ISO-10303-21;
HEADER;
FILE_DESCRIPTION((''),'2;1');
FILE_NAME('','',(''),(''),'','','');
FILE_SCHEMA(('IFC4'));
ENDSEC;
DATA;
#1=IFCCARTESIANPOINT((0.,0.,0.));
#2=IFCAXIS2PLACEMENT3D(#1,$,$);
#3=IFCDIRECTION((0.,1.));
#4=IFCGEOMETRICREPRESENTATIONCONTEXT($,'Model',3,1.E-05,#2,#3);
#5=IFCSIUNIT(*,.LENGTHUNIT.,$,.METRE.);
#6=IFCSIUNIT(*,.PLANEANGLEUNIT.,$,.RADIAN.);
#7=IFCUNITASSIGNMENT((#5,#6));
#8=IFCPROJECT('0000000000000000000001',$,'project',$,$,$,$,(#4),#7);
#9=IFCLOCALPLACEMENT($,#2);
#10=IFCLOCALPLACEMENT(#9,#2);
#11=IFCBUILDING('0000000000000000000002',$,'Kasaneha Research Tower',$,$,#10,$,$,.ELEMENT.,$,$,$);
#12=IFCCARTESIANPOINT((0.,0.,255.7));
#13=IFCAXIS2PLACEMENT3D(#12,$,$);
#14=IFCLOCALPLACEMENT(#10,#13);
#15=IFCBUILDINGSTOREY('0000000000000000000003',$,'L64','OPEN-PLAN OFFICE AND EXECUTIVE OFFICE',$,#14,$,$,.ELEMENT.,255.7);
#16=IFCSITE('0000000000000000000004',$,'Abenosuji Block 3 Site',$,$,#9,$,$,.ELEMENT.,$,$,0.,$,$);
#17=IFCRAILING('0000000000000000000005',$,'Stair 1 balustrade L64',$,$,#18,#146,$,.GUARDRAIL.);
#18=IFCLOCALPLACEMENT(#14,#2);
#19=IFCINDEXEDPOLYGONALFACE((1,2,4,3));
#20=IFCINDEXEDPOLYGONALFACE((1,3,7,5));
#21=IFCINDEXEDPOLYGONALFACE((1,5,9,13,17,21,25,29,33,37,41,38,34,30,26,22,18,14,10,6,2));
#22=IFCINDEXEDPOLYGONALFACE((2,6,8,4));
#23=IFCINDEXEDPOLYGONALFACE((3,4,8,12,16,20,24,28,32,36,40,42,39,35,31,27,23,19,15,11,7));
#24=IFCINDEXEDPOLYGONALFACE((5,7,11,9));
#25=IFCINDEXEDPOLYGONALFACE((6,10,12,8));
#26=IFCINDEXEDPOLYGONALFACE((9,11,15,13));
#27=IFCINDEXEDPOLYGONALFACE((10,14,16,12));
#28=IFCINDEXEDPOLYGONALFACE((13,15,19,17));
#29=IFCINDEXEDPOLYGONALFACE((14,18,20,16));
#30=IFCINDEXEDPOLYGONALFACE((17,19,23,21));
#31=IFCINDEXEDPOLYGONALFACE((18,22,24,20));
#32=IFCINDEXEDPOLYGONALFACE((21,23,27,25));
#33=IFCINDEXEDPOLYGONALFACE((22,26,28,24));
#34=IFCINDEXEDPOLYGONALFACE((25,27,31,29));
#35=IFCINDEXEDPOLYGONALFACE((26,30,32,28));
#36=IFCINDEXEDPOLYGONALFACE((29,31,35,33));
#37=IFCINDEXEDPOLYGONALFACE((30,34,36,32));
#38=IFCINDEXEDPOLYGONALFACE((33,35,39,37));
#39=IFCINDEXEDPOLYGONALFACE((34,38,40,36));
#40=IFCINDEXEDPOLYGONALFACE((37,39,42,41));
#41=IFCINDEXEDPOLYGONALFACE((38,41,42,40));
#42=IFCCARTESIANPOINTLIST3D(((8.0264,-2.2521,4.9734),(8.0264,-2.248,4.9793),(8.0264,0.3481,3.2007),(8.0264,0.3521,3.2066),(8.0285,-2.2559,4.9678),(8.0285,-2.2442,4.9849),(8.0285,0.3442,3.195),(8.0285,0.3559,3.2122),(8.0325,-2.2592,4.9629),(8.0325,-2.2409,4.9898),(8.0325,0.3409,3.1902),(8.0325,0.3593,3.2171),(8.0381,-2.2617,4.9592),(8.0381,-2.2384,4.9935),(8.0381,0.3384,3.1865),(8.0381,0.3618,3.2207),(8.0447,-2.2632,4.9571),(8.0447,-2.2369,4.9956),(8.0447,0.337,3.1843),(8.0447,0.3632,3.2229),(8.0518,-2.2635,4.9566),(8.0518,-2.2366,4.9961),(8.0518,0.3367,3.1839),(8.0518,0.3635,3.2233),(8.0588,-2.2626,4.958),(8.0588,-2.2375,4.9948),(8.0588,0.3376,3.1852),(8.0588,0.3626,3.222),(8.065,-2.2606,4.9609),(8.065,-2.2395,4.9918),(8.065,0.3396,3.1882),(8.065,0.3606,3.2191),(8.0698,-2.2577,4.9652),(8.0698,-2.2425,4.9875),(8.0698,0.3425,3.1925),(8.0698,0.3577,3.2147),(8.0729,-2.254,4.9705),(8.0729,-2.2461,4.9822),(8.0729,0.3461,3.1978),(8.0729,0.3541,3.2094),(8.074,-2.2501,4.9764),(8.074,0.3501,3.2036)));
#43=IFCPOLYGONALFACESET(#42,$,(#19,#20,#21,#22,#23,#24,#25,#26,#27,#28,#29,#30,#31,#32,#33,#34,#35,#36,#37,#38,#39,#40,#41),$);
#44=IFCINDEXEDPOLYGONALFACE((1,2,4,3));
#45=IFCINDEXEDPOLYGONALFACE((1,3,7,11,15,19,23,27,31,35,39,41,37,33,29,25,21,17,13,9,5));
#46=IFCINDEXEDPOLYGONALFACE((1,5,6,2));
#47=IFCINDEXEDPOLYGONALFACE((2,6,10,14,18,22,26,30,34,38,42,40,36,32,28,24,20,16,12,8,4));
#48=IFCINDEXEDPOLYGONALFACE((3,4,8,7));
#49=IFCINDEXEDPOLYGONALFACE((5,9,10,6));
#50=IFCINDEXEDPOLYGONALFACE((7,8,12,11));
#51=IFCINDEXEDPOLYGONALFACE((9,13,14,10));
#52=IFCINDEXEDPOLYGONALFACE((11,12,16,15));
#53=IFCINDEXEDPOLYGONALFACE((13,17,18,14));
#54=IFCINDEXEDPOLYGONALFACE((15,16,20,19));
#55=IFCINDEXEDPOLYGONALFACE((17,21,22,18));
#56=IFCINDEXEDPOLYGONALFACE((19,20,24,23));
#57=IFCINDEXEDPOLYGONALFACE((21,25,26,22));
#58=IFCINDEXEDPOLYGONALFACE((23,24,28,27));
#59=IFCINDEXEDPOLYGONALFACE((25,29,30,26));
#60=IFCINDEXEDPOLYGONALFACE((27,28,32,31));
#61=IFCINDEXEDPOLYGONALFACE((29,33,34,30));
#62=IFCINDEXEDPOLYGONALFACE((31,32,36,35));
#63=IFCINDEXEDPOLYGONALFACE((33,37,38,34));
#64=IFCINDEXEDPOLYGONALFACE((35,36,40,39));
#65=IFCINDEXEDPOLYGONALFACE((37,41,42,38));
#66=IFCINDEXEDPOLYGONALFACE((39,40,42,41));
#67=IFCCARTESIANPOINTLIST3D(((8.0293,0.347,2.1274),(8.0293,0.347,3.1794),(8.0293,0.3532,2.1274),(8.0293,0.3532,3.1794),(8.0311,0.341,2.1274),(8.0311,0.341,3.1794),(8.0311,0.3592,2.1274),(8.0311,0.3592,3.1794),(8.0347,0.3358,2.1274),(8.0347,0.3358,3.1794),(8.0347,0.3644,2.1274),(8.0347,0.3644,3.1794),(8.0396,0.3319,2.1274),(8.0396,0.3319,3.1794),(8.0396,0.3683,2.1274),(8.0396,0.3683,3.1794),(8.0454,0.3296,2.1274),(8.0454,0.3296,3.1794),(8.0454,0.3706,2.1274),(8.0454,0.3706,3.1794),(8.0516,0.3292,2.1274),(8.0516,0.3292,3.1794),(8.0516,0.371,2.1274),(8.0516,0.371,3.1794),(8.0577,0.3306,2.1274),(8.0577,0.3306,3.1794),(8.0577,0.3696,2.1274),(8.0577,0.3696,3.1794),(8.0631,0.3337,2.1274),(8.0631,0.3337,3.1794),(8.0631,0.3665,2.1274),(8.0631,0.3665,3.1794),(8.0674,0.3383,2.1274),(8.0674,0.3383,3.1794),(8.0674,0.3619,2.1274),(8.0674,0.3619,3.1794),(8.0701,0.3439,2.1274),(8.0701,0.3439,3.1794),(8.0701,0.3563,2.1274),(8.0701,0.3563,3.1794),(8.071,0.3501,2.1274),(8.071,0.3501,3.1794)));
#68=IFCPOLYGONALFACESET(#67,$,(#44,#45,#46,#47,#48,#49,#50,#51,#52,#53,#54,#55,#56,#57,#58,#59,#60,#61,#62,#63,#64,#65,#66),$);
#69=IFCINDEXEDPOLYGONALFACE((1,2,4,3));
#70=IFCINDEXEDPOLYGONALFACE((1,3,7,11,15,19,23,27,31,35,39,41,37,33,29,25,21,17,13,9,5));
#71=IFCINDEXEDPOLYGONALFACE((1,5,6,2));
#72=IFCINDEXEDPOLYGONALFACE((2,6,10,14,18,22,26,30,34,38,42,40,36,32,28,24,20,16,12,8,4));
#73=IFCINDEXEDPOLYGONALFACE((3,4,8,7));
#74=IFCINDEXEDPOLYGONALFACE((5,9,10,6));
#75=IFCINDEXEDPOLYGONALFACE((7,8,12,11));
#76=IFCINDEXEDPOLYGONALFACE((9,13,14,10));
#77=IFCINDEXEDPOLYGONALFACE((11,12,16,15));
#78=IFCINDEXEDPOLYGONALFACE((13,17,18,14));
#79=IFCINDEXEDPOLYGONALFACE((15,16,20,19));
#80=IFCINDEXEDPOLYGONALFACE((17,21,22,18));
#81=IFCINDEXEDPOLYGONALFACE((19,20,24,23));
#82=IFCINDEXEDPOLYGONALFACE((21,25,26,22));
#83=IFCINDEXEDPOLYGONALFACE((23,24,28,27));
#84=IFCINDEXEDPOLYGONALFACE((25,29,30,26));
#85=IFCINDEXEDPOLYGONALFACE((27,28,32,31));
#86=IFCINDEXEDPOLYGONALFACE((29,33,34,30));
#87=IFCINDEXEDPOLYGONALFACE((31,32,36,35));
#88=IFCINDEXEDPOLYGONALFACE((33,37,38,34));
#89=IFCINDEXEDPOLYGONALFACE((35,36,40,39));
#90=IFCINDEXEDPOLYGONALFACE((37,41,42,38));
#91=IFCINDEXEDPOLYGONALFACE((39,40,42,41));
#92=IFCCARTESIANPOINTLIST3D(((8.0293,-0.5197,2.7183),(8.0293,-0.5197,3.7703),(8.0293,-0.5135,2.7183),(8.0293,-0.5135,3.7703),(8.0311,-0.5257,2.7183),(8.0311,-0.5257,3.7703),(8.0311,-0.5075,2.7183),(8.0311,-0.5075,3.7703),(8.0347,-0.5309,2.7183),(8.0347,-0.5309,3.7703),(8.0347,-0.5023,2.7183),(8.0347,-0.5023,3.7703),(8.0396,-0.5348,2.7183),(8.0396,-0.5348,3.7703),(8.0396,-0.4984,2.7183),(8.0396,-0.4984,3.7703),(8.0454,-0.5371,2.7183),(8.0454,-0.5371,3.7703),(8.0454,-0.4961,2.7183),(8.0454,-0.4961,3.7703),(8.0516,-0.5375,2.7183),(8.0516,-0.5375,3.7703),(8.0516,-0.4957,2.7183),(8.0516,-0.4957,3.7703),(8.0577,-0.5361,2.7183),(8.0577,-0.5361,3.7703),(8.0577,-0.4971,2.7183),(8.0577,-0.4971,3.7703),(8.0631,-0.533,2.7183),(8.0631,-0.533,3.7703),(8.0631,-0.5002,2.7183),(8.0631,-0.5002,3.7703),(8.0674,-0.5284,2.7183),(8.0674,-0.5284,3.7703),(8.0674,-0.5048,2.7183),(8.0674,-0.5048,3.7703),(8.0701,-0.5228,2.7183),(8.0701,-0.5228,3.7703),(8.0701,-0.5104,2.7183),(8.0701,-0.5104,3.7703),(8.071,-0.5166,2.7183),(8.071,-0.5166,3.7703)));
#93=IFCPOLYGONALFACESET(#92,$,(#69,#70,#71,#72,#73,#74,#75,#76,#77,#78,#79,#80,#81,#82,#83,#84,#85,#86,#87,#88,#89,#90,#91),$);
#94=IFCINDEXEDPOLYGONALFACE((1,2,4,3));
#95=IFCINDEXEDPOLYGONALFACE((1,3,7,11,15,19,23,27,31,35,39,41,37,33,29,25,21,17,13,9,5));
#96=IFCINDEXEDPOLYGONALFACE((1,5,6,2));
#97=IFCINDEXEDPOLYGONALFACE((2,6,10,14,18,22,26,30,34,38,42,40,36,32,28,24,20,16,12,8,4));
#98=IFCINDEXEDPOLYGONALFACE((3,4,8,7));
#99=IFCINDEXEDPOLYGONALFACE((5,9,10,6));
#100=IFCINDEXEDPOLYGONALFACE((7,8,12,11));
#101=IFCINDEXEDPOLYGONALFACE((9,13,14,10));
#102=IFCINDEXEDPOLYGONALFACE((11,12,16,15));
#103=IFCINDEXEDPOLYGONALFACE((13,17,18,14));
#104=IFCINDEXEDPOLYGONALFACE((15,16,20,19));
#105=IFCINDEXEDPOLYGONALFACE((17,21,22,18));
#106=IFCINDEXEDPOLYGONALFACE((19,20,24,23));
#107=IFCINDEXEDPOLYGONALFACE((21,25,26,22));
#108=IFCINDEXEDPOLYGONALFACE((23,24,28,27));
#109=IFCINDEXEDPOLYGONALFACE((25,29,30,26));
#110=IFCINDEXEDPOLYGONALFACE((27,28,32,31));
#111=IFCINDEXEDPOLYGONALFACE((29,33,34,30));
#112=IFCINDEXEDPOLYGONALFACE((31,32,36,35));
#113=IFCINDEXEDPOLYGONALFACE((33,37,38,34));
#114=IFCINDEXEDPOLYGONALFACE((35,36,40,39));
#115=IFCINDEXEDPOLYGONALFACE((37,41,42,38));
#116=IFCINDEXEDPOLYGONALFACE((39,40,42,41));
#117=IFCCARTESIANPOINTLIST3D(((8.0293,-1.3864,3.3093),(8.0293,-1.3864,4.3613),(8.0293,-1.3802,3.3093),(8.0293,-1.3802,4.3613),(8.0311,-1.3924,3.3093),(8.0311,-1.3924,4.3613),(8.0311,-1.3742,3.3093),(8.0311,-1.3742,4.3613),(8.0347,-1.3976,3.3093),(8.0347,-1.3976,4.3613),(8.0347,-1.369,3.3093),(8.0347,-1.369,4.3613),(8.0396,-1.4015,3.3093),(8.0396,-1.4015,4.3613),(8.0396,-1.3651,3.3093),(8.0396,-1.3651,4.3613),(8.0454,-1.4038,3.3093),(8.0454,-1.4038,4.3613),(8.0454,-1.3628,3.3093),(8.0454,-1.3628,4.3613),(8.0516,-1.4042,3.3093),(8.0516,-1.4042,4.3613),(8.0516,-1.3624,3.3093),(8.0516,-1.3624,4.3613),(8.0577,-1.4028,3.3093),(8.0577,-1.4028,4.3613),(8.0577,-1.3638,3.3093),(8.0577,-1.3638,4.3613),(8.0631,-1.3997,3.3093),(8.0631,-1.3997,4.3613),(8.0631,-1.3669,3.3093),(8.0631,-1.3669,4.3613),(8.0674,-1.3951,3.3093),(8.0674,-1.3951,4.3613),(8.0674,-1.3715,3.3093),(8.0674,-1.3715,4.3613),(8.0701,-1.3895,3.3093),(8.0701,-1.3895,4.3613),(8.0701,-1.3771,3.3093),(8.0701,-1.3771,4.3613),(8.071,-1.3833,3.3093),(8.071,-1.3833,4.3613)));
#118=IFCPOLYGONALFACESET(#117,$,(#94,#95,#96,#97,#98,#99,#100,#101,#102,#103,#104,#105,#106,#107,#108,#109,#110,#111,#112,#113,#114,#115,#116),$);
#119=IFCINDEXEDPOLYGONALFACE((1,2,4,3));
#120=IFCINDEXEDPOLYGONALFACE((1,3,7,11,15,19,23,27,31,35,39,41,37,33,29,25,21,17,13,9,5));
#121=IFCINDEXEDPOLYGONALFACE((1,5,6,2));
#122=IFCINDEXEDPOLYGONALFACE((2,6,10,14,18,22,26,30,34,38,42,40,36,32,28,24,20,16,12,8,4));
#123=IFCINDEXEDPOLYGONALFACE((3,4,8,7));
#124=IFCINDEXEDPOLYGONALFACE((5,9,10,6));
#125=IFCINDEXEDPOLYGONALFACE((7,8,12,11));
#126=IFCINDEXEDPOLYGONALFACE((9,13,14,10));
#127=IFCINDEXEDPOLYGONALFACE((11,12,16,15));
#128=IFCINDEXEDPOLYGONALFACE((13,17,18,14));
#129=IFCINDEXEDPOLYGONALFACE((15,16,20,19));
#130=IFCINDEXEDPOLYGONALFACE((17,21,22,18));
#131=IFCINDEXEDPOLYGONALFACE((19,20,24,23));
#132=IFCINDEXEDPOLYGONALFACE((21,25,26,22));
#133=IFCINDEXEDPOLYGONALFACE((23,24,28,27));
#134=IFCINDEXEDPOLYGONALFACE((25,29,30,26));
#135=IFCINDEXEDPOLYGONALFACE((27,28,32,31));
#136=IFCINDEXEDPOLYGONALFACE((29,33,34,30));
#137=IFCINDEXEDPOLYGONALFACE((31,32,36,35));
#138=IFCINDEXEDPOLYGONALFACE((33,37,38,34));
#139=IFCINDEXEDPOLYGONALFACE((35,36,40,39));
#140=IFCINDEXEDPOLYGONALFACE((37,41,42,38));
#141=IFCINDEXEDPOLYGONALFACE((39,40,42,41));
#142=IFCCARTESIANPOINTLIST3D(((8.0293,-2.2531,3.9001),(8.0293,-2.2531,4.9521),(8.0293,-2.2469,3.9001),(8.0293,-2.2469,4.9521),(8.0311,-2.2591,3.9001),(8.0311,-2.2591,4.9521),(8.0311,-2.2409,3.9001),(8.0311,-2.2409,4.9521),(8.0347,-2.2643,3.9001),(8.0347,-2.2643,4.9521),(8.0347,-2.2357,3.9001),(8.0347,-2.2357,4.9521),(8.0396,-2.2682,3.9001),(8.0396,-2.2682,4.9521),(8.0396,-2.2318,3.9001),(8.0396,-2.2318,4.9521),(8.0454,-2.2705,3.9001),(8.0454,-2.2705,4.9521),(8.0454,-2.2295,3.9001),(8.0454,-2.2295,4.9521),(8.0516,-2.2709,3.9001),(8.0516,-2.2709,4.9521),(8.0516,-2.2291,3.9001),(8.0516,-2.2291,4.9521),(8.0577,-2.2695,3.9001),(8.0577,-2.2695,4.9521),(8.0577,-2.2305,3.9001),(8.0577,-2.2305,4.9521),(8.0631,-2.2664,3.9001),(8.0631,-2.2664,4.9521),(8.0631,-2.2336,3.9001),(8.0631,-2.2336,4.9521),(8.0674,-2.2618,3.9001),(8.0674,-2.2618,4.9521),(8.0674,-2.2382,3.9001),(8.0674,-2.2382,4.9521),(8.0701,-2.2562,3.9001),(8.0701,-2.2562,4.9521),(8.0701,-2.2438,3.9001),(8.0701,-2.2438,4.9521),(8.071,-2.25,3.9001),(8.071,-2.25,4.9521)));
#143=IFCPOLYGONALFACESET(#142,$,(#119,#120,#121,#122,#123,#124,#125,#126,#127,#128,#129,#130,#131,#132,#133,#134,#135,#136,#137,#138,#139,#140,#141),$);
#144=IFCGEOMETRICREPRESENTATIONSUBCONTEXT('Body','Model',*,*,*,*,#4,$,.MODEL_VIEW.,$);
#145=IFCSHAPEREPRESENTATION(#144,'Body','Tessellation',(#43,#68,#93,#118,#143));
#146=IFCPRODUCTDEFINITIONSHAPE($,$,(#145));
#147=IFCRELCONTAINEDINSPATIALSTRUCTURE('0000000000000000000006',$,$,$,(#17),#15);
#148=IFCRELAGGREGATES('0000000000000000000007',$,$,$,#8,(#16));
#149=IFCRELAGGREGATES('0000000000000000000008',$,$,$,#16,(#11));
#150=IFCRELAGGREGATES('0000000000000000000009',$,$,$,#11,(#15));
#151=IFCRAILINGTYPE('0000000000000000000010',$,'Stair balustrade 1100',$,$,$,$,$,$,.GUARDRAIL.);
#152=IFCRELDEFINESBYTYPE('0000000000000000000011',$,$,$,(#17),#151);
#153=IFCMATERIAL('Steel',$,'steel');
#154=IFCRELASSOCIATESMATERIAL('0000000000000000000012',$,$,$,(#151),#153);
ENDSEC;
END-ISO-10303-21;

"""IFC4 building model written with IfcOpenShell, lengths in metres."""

from ifc_helpers import new_model, si_unit, direction, frame, origin, origin_2d, place, context, subcontext, project, spatial, circle, extrude, material, type_object, element, save


model = new_model("IFC4")

# Units and contexts
model_context = context("Model", 3, precision=1e-05, world=origin(), true_north=direction((0.0, 1.0)))
body_context = subcontext(model_context, "Body", "Model", "MODEL_VIEW")
ifc_project = project(units=[si_unit("LENGTHUNIT", "METRE"), si_unit("PLANEANGLEUNIT", "RADIAN")], contexts=[model_context])

# Site, building, storey
site_placement = place(None, origin())
site = spatial("IfcSite", under=ifc_project, at=site_placement, Name="Abenosuji Block 3 Site", CompositionType="ELEMENT", RefElevation=0.0)
building_placement = place(site_placement, origin())
building = spatial("IfcBuilding", under=site, at=building_placement, Name="Kasaneha Research Tower", CompositionType="ELEMENT")
storey_placement = place(building_placement, frame((0.0, 0.0, 255.7)))
storey = spatial("IfcBuildingStorey", under=building, at=storey_placement, Name="L64", Description="OPEN-PLAN OFFICE AND EXECUTIVE OFFICE", CompositionType="ELEMENT", Elevation=255.7)

# Railing
ifc_material_1 = material(Name="Steel", Category="steel")
railing_type_1 = type_object("IfcRailingType", Name="Stair balustrade 1100", PredefinedType="GUARDRAIL", material=ifc_material_1)
railing_1_placement = place(storey_placement, frame((8.05, 0.3501, 2.1274)))
element("IfcRailing", 1, at=railing_1_placement, inside=storey, type_object=railing_type_1, Name="Stair 1 balustrade L64", PredefinedType="GUARDRAIL", context=body_context, shape_type="SweptSolid", body=[
    extrude(circle(Radius=0.0239, at=origin_2d()), frame((0.0, 0.0, 1.0762), z_axis=(0.0, -0.82624, 0.563318), x_axis=(1.0, 0.0, 0.0)), (0.0, 0.0, 1.0), 3.147),
    extrude(circle(Radius=0.021, at=origin_2d()), origin(), (0.0, 0.0, 1.0), 1.052),
    extrude(circle(Radius=0.021, at=origin_2d()), frame((0.0, -0.8667, 0.5908)), (0.0, 0.0, 1.0), 1.052),
    extrude(circle(Radius=0.021, at=origin_2d()), frame((0.0, -1.7334, 1.1819)), (0.0, 0.0, 1.0), 1.052),
    extrude(circle(Radius=0.021, at=origin_2d()), frame((0.0, -2.6001, 1.7727)), (0.0, 0.0, 1.0), 1.052),
])

save(model, "model.ifc")
